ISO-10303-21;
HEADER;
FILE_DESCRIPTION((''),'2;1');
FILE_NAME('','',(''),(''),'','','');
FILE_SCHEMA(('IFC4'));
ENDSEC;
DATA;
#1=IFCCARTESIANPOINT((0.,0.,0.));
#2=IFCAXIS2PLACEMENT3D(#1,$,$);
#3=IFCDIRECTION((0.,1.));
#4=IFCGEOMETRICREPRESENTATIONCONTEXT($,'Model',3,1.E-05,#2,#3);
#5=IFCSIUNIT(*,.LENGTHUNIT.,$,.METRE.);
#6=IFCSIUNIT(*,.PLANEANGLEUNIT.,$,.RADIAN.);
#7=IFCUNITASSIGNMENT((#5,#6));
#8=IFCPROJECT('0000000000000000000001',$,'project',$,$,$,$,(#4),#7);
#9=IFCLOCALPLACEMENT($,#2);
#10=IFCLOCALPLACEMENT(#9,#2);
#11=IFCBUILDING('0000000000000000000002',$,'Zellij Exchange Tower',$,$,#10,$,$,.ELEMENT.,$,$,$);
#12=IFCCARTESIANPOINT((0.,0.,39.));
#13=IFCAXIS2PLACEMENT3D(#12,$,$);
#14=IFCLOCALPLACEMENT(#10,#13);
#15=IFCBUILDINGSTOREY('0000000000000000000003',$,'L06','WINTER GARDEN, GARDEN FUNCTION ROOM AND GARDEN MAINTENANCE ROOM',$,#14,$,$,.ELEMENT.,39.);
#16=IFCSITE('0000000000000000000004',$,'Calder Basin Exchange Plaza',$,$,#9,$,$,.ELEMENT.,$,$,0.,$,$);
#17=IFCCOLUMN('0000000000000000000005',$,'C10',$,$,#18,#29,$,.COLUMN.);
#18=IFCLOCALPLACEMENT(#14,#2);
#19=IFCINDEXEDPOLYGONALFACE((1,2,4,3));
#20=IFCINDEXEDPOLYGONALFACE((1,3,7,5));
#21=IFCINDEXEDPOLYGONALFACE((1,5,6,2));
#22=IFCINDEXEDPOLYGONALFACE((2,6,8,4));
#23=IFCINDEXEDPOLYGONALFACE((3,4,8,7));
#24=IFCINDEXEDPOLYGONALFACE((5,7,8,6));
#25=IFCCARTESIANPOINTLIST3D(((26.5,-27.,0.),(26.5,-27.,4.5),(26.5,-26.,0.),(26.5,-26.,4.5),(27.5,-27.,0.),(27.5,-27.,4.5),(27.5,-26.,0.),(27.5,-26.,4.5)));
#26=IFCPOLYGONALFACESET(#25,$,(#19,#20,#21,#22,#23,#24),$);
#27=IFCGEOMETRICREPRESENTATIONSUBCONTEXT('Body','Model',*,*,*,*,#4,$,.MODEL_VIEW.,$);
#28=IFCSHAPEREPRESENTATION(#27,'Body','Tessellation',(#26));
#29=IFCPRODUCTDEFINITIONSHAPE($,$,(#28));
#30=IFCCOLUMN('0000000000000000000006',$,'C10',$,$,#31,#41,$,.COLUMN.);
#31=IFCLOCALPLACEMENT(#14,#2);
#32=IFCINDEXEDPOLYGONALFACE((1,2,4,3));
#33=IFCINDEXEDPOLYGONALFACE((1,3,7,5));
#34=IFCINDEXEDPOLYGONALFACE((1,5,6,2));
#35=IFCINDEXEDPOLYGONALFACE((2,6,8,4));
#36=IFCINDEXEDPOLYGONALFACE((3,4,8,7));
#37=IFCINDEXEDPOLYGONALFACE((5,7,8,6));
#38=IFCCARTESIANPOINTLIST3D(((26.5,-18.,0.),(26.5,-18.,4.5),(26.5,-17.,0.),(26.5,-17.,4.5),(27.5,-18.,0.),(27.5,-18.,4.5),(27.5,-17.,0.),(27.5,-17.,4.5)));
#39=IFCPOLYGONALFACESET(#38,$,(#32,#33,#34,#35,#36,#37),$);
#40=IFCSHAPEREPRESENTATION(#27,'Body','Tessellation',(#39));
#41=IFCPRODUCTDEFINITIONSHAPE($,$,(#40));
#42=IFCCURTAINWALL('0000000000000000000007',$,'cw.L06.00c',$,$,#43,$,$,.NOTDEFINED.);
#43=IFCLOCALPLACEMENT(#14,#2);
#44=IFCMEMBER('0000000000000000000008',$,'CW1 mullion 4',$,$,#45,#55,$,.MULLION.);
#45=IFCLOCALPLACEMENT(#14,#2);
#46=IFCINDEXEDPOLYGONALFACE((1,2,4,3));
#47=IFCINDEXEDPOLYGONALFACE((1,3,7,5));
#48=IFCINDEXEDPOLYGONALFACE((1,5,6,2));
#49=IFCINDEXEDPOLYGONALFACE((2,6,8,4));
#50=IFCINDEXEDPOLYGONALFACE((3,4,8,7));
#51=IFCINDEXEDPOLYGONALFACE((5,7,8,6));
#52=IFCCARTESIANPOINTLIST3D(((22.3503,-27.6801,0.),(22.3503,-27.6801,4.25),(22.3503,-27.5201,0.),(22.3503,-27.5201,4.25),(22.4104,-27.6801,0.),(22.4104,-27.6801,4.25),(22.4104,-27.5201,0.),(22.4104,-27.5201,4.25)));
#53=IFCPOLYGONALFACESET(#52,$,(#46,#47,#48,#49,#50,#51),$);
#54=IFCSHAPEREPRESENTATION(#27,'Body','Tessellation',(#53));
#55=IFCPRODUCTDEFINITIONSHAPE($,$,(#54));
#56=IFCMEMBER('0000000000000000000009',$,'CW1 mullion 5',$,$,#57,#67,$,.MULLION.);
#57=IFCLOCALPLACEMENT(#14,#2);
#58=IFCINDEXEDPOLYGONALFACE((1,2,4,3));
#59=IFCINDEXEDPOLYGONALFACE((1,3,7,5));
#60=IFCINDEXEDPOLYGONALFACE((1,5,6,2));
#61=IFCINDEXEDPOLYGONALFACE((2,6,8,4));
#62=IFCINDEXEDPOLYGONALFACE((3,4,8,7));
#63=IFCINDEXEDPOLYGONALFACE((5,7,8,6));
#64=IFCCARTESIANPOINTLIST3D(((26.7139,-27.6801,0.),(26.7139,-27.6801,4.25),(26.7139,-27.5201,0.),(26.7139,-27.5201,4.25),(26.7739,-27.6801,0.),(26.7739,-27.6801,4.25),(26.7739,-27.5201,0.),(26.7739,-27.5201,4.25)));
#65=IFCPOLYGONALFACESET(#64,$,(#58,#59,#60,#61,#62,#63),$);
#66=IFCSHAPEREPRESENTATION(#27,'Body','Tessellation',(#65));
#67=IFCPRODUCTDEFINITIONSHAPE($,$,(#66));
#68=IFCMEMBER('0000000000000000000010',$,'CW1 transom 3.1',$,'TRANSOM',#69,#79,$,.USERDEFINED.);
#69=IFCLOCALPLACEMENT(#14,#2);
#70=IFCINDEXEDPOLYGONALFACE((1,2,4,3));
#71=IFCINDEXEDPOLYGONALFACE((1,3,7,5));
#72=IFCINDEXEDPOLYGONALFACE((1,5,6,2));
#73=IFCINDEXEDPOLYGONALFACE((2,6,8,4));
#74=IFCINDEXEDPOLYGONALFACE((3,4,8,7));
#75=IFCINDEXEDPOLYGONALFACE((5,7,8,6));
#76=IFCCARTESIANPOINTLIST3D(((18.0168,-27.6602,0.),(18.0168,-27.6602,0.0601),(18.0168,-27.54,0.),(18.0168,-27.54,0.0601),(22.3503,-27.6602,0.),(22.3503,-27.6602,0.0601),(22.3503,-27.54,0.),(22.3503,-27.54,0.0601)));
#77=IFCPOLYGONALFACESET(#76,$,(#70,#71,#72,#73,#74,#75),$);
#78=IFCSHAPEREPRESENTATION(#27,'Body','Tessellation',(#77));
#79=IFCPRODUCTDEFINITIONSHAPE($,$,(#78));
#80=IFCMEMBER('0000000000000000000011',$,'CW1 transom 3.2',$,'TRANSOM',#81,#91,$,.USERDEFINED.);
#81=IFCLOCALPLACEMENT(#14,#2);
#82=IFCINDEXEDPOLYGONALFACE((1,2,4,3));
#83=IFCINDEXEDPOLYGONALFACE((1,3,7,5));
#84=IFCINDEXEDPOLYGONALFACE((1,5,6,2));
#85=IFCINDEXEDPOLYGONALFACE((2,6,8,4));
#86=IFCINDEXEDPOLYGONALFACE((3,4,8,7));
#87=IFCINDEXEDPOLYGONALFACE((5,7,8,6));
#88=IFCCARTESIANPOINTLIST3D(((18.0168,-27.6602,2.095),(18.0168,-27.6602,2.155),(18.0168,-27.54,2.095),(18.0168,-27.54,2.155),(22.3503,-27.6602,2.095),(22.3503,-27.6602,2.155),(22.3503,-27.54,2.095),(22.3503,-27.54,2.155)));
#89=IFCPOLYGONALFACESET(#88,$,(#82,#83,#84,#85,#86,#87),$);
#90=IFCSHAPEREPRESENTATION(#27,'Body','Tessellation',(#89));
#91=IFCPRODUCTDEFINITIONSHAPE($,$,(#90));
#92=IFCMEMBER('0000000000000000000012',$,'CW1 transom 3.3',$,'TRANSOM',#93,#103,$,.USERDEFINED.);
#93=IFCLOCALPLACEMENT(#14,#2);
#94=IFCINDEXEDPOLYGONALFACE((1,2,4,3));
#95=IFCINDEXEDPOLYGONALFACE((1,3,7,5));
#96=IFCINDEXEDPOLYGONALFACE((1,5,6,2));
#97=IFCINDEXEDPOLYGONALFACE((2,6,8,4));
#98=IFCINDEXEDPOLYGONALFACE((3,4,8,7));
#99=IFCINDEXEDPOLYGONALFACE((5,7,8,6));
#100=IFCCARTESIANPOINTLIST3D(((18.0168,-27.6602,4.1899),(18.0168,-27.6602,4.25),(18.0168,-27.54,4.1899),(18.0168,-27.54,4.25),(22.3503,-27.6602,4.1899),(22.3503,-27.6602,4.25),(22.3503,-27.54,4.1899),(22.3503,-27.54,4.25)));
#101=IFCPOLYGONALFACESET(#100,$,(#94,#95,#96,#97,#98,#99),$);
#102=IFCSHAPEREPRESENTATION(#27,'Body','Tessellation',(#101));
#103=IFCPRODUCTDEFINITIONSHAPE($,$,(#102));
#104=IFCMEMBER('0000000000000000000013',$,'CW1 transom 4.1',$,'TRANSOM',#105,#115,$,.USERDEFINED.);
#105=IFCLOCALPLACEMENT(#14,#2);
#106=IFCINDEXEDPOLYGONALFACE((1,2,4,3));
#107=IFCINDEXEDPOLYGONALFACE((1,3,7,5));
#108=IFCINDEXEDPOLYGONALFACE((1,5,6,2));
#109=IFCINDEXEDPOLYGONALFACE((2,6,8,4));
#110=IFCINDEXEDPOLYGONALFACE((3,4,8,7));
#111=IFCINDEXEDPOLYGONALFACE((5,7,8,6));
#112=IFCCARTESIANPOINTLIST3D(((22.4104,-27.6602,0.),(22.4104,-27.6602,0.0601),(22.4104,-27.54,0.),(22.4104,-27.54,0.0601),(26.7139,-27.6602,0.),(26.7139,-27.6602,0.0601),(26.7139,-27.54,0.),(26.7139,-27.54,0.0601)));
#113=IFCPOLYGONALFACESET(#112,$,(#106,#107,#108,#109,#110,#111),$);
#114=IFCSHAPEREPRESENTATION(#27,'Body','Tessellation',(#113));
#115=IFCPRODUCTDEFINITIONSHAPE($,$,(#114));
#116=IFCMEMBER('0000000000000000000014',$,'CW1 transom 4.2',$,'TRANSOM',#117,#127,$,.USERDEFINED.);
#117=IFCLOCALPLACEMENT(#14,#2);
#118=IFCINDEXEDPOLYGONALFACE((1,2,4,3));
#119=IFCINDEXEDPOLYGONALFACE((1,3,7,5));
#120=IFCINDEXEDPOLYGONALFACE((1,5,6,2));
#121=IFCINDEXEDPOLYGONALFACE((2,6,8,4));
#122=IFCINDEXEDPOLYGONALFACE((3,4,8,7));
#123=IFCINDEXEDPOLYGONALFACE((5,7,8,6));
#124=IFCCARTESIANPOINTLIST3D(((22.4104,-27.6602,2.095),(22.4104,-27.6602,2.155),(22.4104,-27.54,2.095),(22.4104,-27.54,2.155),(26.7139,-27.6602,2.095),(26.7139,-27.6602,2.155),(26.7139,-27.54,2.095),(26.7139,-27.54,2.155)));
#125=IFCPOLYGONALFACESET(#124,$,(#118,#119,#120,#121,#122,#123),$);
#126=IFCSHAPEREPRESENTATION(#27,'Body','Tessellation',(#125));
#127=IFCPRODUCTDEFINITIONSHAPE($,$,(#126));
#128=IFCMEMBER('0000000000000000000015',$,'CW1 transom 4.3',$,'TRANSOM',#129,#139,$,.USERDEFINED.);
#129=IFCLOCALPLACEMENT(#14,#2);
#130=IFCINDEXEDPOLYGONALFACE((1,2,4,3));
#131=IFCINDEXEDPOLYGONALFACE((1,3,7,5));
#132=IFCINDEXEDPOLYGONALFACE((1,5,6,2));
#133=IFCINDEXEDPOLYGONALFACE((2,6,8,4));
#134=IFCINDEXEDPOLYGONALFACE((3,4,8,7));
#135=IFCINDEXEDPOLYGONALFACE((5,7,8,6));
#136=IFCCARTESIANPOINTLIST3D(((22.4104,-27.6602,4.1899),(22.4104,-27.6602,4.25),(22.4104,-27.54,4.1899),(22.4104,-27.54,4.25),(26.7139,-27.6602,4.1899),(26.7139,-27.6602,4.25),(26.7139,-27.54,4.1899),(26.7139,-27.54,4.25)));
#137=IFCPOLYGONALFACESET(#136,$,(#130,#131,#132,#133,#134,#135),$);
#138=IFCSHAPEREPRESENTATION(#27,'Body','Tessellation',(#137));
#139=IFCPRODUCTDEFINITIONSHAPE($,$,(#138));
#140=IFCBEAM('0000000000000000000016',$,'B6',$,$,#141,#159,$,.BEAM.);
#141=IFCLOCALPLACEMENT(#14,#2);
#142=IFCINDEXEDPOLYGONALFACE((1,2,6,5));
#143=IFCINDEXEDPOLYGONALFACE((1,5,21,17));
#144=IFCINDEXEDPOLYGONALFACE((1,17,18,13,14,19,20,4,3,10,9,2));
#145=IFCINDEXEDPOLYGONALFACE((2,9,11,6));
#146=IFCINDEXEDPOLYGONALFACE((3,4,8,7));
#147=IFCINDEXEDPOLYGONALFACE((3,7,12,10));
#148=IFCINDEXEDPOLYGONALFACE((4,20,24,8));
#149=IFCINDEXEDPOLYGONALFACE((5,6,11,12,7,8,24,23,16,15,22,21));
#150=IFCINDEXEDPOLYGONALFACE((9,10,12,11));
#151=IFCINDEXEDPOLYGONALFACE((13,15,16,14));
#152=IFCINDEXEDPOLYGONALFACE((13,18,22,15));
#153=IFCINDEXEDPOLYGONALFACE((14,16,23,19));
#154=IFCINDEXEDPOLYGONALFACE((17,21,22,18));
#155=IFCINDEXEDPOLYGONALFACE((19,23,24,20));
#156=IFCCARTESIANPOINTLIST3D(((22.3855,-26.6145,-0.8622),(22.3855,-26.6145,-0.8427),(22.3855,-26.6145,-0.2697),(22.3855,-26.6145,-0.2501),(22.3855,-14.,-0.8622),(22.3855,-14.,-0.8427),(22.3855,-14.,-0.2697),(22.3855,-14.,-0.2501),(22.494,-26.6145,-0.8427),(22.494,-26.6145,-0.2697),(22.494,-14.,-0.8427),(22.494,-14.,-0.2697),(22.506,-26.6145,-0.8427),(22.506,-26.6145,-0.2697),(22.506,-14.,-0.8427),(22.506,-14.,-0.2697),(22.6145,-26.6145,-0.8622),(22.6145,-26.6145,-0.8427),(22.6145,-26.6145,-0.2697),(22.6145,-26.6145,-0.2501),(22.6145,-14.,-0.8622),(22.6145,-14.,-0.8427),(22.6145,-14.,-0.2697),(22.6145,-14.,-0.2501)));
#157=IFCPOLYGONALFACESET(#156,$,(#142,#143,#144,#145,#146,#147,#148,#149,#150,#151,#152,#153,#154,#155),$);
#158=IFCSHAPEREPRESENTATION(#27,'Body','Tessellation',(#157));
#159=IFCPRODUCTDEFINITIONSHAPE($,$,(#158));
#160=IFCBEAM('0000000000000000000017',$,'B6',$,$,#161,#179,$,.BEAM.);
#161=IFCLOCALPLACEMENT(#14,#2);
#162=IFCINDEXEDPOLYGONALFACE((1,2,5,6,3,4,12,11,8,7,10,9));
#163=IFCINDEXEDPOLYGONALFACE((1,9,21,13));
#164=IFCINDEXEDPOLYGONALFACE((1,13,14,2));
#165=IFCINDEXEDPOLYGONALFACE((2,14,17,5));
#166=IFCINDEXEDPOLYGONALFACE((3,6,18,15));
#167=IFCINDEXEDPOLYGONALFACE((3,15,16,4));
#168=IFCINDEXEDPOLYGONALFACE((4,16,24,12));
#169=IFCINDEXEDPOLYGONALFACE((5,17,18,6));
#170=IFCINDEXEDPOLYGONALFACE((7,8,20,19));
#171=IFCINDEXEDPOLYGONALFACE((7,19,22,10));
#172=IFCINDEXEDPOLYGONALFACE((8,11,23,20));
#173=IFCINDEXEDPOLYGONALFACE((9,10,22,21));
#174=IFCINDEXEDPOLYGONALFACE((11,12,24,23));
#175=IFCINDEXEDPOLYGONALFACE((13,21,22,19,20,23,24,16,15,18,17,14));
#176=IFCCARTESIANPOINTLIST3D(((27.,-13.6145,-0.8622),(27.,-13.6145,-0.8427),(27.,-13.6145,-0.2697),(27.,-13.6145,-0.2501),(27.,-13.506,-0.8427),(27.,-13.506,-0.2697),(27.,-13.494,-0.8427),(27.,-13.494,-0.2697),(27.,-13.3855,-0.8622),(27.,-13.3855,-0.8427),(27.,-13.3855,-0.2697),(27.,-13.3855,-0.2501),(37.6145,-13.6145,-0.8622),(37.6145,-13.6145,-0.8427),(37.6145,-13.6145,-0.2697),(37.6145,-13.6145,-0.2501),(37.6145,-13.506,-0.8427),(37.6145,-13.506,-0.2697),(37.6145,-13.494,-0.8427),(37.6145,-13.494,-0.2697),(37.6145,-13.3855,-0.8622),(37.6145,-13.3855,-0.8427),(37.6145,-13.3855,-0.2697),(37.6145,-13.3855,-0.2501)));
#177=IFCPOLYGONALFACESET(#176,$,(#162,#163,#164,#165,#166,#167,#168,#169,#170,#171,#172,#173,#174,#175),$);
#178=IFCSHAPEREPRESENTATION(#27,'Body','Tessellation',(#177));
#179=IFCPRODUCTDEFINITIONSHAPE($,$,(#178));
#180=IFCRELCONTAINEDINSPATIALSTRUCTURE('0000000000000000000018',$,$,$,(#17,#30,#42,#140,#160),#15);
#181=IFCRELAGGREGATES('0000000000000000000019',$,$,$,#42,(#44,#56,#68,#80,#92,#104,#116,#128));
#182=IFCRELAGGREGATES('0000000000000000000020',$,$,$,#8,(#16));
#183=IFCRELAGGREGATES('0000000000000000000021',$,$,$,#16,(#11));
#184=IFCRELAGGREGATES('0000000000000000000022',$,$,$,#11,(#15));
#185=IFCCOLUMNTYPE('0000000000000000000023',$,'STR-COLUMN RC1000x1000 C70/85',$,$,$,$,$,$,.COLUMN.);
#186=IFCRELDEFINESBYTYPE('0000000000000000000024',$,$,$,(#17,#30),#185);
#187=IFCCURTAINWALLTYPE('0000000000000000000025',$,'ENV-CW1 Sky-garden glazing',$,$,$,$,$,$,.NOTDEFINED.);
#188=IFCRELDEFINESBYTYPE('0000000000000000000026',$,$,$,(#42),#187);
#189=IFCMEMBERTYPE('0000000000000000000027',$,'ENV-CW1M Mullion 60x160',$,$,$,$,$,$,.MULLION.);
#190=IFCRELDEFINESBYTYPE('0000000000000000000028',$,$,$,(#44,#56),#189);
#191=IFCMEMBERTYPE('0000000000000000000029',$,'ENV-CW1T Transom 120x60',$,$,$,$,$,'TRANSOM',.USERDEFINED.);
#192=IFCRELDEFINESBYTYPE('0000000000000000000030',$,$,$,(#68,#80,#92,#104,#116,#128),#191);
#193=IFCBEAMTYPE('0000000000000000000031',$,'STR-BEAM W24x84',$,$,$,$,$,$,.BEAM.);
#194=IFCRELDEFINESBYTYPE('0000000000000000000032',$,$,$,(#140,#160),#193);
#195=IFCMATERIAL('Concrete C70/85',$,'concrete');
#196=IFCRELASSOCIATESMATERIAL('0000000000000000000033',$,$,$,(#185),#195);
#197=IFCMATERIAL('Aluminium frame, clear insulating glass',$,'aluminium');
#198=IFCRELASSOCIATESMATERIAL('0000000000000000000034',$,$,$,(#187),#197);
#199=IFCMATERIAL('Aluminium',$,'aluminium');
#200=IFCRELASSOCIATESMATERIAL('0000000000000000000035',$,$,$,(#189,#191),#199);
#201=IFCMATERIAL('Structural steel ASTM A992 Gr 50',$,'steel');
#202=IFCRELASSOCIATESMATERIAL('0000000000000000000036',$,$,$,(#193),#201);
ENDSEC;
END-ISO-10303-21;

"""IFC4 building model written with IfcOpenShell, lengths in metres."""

from ifc_helpers import new_model, si_unit, direction, frame, origin, origin_2d, place, context, subcontext, project, spatial, rectangle, i_section, extrude, material, material_profile, profile_set, type_object, element, aggregate, save


model = new_model("IFC4")

# Units and contexts
model_context = context("Model", 3, precision=1e-05, world=origin(), true_north=direction((0.0, 1.0)))
body_context = subcontext(model_context, "Body", "Model", "MODEL_VIEW")
ifc_project = project(units=[si_unit("LENGTHUNIT", "METRE"), si_unit("PLANEANGLEUNIT", "RADIAN")], contexts=[model_context])

# Site, building, storey
site_placement = place(None, origin())
site = spatial("IfcSite", under=ifc_project, at=site_placement, Name="Calder Basin Exchange Plaza", CompositionType="ELEMENT", RefElevation=0.0)
building_placement = place(site_placement, origin())
building = spatial("IfcBuilding", under=site, at=building_placement, Name="Zellij Exchange Tower", CompositionType="ELEMENT")
storey_placement = place(building_placement, frame((0.0, 0.0, 39.0)))
storey = spatial("IfcBuildingStorey", under=building, at=storey_placement, Name="L06", Description="WINTER GARDEN, GARDEN FUNCTION ROOM AND GARDEN MAINTENANCE ROOM", CompositionType="ELEMENT", Elevation=39.0)

# Columns
ifc_material_1 = material(Name="Concrete C70/85", Category="concrete")
ifc_material_profile_1 = material_profile(ifc_material_1, rectangle(XDim=1.0, YDim=1.0, at=origin_2d()), Name="STR-COLUMN RC1000x1000 C70/85")
ifc_profile_set_1 = profile_set([ifc_material_profile_1], Name="Concrete C70/85")
column_type = type_object("IfcColumnType", Name="STR-COLUMN RC1000x1000 C70/85", PredefinedType="COLUMN", material=ifc_profile_set_1)
for number, where, z_axis, x_axis, name in (
    (1, (27.0, -26.5, 0.0), (0.0, 0.0, 1.0), (1.0, 0.0, 0.0), "C10"),
    (2, (27.0, -17.5, 0.0), (0.0, 0.0, 1.0), (1.0, 0.0, 0.0), "C10"),
):
    element("IfcColumn", number, at=place(storey_placement, frame(where, z_axis=z_axis, x_axis=x_axis)), inside=storey, type_object=column_type, Name=name, PredefinedType="COLUMN", context=body_context, shape_type="SweptSolid", body=[
        extrude(rectangle(XDim=1.0, YDim=1.0, at=origin_2d()), origin(), (0.0, 0.0, 1.0), 4.5),
    ])

# Curtain wall, members
ifc_material_2 = material(Name="Aluminium frame, clear insulating glass", Category="aluminium")
curtain_wall_type = type_object("IfcCurtainWallType", Name="ENV-CW1 Sky-garden glazing", PredefinedType="NOTDEFINED", material=ifc_material_2)
curtain_wall_placement = place(storey_placement, origin())
curtain_wall = element("IfcCurtainWall", 3, at=curtain_wall_placement, inside=storey, type_object=curtain_wall_type, Name="cw.L06.00c", PredefinedType="NOTDEFINED")
ifc_material_3 = material(Name="Aluminium", Category="aluminium")
ifc_material_profile_2 = material_profile(ifc_material_3, rectangle(XDim=0.0601, YDim=0.1599, at=origin_2d()), Name="AL 60x160")
ifc_profile_set_2 = profile_set([ifc_material_profile_2], Name="Aluminium")
member_type_1 = type_object("IfcMemberType", Name="ENV-CW1M Mullion 60x160", PredefinedType="MULLION", material=ifc_profile_set_2)
member_1_placement = place(storey_placement, frame((22.3804, -27.6001, 0.0), z_axis=(0.0, 0.0, 1.0), x_axis=(1.0, 0.0, 0.0)))
member_1 = element("IfcMember", 4, at=member_1_placement, type_object=member_type_1, Name="CW1 mullion 4", PredefinedType="MULLION", context=body_context, shape_type="SweptSolid", body=[
    extrude(rectangle(XDim=0.0601, YDim=0.1599, at=origin_2d()), origin(), (0.0, 0.0, 1.0), 4.25),
])
member_2_placement = place(storey_placement, frame((26.7439, -27.6001, 0.0), z_axis=(0.0, 0.0, 1.0), x_axis=(1.0, 0.0, 0.0)))
member_2 = element("IfcMember", 5, at=member_2_placement, type_object=member_type_1, Name="CW1 mullion 5", PredefinedType="MULLION", context=body_context, shape_type="SweptSolid", body=[
    extrude(rectangle(XDim=0.0601, YDim=0.1599, at=origin_2d()), origin(), (0.0, 0.0, 1.0), 4.25),
])
ifc_material_profile_3 = material_profile(ifc_material_3, rectangle(XDim=0.1201, YDim=0.0601, at=origin_2d()), Name="AL 120x60")
ifc_profile_set_3 = profile_set([ifc_material_profile_3], Name="Aluminium")
member_type_2 = type_object("IfcMemberType", Name="ENV-CW1T Transom 120x60", ElementType="TRANSOM", PredefinedType="USERDEFINED", material=ifc_profile_set_3)
member_3_placement = place(storey_placement, frame((18.0168, -27.6001, 0.03), z_axis=(1.0, 0.0, 0.0), x_axis=(0.0, 1.0, 0.0)))
member_3 = element("IfcMember", 6, at=member_3_placement, type_object=member_type_2, Name="CW1 transom 3.1", ObjectType="TRANSOM", PredefinedType="USERDEFINED", context=body_context, shape_type="SweptSolid", body=[
    extrude(rectangle(XDim=0.1201, YDim=0.0601, at=origin_2d()), origin(), (0.0, 0.0, 1.0), 4.3335),
])
member_4_placement = place(storey_placement, frame((18.0168, -27.6001, 2.125), z_axis=(1.0, 0.0, 0.0), x_axis=(0.0, 1.0, 0.0)))
member_4 = element("IfcMember", 7, at=member_4_placement, type_object=member_type_2, Name="CW1 transom 3.2", ObjectType="TRANSOM", PredefinedType="USERDEFINED", context=body_context, shape_type="SweptSolid", body=[
    extrude(rectangle(XDim=0.1201, YDim=0.0601, at=origin_2d()), origin(), (0.0, 0.0, 1.0), 4.3335),
])
member_5_placement = place(storey_placement, frame((18.0168, -27.6001, 4.22), z_axis=(1.0, 0.0, 0.0), x_axis=(0.0, 1.0, 0.0)))
member_5 = element("IfcMember", 8, at=member_5_placement, type_object=member_type_2, Name="CW1 transom 3.3", ObjectType="TRANSOM", PredefinedType="USERDEFINED", context=body_context, shape_type="SweptSolid", body=[
    extrude(rectangle(XDim=0.1201, YDim=0.0601, at=origin_2d()), origin(), (0.0, 0.0, 1.0), 4.3335),
])
member_6_placement = place(storey_placement, frame((22.4104, -27.6001, 0.03), z_axis=(1.0, 0.0, 0.0), x_axis=(0.0, 1.0, 0.0)))
member_6 = element("IfcMember", 9, at=member_6_placement, type_object=member_type_2, Name="CW1 transom 4.1", ObjectType="TRANSOM", PredefinedType="USERDEFINED", context=body_context, shape_type="SweptSolid", body=[
    extrude(rectangle(XDim=0.1201, YDim=0.0601, at=origin_2d()), origin(), (0.0, 0.0, 1.0), 4.3035),
])
member_7_placement = place(storey_placement, frame((22.4104, -27.6001, 2.125), z_axis=(1.0, 0.0, 0.0), x_axis=(0.0, 1.0, 0.0)))
member_7 = element("IfcMember", 10, at=member_7_placement, type_object=member_type_2, Name="CW1 transom 4.2", ObjectType="TRANSOM", PredefinedType="USERDEFINED", context=body_context, shape_type="SweptSolid", body=[
    extrude(rectangle(XDim=0.1201, YDim=0.0601, at=origin_2d()), origin(), (0.0, 0.0, 1.0), 4.3035),
])
member_8_placement = place(storey_placement, frame((22.4104, -27.6001, 4.22), z_axis=(1.0, 0.0, 0.0), x_axis=(0.0, 1.0, 0.0)))
member_8 = element("IfcMember", 11, at=member_8_placement, type_object=member_type_2, Name="CW1 transom 4.3", ObjectType="TRANSOM", PredefinedType="USERDEFINED", context=body_context, shape_type="SweptSolid", body=[
    extrude(rectangle(XDim=0.1201, YDim=0.0601, at=origin_2d()), origin(), (0.0, 0.0, 1.0), 4.3035),
])

# Beams
ifc_material_4 = material(Name="Structural steel ASTM A992 Gr 50", Category="steel")
ifc_material_profile_4 = material_profile(ifc_material_4, i_section(OverallWidth=0.229, OverallDepth=0.6121, WebThickness=0.012, FlangeThickness=0.0195, at=origin_2d()), Name="W24x84")
ifc_profile_set_4 = profile_set([ifc_material_profile_4], Name="Structural steel ASTM A992 Gr 50")
beam_type_1 = type_object("IfcBeamType", Name="STR-BEAM W24x84", PredefinedType="BEAM", material=ifc_profile_set_4)
beam_1_placement = place(storey_placement, frame((22.5, -26.6145, -0.5562), z_axis=(0.0, 1.0, 0.0), x_axis=(-1.0, 0.0, 0.0)))
element("IfcBeam", 12, at=beam_1_placement, inside=storey, type_object=beam_type_1, Name="B6", PredefinedType="BEAM", context=body_context, shape_type="SweptSolid", body=[
    extrude(i_section(OverallWidth=0.229, OverallDepth=0.6121, WebThickness=0.012, FlangeThickness=0.0195, at=origin_2d()), origin(), (0.0, 0.0, 1.0), 12.6145),
])
beam_2_placement = place(storey_placement, frame((27.0, -13.5, -0.5562), z_axis=(1.0, 0.0, 0.0), x_axis=(0.0, 1.0, 0.0)))
element("IfcBeam", 13, at=beam_2_placement, inside=storey, type_object=beam_type_1, Name="B6", PredefinedType="BEAM", context=body_context, shape_type="SweptSolid", body=[
    extrude(i_section(OverallWidth=0.229, OverallDepth=0.6121, WebThickness=0.012, FlangeThickness=0.0195, at=origin_2d()), origin(), (0.0, 0.0, 1.0), 10.6145),
])

aggregate(curtain_wall, [member_1, member_2, member_3, member_4, member_5, member_6, member_7, member_8])

save(model, "model.ifc")
